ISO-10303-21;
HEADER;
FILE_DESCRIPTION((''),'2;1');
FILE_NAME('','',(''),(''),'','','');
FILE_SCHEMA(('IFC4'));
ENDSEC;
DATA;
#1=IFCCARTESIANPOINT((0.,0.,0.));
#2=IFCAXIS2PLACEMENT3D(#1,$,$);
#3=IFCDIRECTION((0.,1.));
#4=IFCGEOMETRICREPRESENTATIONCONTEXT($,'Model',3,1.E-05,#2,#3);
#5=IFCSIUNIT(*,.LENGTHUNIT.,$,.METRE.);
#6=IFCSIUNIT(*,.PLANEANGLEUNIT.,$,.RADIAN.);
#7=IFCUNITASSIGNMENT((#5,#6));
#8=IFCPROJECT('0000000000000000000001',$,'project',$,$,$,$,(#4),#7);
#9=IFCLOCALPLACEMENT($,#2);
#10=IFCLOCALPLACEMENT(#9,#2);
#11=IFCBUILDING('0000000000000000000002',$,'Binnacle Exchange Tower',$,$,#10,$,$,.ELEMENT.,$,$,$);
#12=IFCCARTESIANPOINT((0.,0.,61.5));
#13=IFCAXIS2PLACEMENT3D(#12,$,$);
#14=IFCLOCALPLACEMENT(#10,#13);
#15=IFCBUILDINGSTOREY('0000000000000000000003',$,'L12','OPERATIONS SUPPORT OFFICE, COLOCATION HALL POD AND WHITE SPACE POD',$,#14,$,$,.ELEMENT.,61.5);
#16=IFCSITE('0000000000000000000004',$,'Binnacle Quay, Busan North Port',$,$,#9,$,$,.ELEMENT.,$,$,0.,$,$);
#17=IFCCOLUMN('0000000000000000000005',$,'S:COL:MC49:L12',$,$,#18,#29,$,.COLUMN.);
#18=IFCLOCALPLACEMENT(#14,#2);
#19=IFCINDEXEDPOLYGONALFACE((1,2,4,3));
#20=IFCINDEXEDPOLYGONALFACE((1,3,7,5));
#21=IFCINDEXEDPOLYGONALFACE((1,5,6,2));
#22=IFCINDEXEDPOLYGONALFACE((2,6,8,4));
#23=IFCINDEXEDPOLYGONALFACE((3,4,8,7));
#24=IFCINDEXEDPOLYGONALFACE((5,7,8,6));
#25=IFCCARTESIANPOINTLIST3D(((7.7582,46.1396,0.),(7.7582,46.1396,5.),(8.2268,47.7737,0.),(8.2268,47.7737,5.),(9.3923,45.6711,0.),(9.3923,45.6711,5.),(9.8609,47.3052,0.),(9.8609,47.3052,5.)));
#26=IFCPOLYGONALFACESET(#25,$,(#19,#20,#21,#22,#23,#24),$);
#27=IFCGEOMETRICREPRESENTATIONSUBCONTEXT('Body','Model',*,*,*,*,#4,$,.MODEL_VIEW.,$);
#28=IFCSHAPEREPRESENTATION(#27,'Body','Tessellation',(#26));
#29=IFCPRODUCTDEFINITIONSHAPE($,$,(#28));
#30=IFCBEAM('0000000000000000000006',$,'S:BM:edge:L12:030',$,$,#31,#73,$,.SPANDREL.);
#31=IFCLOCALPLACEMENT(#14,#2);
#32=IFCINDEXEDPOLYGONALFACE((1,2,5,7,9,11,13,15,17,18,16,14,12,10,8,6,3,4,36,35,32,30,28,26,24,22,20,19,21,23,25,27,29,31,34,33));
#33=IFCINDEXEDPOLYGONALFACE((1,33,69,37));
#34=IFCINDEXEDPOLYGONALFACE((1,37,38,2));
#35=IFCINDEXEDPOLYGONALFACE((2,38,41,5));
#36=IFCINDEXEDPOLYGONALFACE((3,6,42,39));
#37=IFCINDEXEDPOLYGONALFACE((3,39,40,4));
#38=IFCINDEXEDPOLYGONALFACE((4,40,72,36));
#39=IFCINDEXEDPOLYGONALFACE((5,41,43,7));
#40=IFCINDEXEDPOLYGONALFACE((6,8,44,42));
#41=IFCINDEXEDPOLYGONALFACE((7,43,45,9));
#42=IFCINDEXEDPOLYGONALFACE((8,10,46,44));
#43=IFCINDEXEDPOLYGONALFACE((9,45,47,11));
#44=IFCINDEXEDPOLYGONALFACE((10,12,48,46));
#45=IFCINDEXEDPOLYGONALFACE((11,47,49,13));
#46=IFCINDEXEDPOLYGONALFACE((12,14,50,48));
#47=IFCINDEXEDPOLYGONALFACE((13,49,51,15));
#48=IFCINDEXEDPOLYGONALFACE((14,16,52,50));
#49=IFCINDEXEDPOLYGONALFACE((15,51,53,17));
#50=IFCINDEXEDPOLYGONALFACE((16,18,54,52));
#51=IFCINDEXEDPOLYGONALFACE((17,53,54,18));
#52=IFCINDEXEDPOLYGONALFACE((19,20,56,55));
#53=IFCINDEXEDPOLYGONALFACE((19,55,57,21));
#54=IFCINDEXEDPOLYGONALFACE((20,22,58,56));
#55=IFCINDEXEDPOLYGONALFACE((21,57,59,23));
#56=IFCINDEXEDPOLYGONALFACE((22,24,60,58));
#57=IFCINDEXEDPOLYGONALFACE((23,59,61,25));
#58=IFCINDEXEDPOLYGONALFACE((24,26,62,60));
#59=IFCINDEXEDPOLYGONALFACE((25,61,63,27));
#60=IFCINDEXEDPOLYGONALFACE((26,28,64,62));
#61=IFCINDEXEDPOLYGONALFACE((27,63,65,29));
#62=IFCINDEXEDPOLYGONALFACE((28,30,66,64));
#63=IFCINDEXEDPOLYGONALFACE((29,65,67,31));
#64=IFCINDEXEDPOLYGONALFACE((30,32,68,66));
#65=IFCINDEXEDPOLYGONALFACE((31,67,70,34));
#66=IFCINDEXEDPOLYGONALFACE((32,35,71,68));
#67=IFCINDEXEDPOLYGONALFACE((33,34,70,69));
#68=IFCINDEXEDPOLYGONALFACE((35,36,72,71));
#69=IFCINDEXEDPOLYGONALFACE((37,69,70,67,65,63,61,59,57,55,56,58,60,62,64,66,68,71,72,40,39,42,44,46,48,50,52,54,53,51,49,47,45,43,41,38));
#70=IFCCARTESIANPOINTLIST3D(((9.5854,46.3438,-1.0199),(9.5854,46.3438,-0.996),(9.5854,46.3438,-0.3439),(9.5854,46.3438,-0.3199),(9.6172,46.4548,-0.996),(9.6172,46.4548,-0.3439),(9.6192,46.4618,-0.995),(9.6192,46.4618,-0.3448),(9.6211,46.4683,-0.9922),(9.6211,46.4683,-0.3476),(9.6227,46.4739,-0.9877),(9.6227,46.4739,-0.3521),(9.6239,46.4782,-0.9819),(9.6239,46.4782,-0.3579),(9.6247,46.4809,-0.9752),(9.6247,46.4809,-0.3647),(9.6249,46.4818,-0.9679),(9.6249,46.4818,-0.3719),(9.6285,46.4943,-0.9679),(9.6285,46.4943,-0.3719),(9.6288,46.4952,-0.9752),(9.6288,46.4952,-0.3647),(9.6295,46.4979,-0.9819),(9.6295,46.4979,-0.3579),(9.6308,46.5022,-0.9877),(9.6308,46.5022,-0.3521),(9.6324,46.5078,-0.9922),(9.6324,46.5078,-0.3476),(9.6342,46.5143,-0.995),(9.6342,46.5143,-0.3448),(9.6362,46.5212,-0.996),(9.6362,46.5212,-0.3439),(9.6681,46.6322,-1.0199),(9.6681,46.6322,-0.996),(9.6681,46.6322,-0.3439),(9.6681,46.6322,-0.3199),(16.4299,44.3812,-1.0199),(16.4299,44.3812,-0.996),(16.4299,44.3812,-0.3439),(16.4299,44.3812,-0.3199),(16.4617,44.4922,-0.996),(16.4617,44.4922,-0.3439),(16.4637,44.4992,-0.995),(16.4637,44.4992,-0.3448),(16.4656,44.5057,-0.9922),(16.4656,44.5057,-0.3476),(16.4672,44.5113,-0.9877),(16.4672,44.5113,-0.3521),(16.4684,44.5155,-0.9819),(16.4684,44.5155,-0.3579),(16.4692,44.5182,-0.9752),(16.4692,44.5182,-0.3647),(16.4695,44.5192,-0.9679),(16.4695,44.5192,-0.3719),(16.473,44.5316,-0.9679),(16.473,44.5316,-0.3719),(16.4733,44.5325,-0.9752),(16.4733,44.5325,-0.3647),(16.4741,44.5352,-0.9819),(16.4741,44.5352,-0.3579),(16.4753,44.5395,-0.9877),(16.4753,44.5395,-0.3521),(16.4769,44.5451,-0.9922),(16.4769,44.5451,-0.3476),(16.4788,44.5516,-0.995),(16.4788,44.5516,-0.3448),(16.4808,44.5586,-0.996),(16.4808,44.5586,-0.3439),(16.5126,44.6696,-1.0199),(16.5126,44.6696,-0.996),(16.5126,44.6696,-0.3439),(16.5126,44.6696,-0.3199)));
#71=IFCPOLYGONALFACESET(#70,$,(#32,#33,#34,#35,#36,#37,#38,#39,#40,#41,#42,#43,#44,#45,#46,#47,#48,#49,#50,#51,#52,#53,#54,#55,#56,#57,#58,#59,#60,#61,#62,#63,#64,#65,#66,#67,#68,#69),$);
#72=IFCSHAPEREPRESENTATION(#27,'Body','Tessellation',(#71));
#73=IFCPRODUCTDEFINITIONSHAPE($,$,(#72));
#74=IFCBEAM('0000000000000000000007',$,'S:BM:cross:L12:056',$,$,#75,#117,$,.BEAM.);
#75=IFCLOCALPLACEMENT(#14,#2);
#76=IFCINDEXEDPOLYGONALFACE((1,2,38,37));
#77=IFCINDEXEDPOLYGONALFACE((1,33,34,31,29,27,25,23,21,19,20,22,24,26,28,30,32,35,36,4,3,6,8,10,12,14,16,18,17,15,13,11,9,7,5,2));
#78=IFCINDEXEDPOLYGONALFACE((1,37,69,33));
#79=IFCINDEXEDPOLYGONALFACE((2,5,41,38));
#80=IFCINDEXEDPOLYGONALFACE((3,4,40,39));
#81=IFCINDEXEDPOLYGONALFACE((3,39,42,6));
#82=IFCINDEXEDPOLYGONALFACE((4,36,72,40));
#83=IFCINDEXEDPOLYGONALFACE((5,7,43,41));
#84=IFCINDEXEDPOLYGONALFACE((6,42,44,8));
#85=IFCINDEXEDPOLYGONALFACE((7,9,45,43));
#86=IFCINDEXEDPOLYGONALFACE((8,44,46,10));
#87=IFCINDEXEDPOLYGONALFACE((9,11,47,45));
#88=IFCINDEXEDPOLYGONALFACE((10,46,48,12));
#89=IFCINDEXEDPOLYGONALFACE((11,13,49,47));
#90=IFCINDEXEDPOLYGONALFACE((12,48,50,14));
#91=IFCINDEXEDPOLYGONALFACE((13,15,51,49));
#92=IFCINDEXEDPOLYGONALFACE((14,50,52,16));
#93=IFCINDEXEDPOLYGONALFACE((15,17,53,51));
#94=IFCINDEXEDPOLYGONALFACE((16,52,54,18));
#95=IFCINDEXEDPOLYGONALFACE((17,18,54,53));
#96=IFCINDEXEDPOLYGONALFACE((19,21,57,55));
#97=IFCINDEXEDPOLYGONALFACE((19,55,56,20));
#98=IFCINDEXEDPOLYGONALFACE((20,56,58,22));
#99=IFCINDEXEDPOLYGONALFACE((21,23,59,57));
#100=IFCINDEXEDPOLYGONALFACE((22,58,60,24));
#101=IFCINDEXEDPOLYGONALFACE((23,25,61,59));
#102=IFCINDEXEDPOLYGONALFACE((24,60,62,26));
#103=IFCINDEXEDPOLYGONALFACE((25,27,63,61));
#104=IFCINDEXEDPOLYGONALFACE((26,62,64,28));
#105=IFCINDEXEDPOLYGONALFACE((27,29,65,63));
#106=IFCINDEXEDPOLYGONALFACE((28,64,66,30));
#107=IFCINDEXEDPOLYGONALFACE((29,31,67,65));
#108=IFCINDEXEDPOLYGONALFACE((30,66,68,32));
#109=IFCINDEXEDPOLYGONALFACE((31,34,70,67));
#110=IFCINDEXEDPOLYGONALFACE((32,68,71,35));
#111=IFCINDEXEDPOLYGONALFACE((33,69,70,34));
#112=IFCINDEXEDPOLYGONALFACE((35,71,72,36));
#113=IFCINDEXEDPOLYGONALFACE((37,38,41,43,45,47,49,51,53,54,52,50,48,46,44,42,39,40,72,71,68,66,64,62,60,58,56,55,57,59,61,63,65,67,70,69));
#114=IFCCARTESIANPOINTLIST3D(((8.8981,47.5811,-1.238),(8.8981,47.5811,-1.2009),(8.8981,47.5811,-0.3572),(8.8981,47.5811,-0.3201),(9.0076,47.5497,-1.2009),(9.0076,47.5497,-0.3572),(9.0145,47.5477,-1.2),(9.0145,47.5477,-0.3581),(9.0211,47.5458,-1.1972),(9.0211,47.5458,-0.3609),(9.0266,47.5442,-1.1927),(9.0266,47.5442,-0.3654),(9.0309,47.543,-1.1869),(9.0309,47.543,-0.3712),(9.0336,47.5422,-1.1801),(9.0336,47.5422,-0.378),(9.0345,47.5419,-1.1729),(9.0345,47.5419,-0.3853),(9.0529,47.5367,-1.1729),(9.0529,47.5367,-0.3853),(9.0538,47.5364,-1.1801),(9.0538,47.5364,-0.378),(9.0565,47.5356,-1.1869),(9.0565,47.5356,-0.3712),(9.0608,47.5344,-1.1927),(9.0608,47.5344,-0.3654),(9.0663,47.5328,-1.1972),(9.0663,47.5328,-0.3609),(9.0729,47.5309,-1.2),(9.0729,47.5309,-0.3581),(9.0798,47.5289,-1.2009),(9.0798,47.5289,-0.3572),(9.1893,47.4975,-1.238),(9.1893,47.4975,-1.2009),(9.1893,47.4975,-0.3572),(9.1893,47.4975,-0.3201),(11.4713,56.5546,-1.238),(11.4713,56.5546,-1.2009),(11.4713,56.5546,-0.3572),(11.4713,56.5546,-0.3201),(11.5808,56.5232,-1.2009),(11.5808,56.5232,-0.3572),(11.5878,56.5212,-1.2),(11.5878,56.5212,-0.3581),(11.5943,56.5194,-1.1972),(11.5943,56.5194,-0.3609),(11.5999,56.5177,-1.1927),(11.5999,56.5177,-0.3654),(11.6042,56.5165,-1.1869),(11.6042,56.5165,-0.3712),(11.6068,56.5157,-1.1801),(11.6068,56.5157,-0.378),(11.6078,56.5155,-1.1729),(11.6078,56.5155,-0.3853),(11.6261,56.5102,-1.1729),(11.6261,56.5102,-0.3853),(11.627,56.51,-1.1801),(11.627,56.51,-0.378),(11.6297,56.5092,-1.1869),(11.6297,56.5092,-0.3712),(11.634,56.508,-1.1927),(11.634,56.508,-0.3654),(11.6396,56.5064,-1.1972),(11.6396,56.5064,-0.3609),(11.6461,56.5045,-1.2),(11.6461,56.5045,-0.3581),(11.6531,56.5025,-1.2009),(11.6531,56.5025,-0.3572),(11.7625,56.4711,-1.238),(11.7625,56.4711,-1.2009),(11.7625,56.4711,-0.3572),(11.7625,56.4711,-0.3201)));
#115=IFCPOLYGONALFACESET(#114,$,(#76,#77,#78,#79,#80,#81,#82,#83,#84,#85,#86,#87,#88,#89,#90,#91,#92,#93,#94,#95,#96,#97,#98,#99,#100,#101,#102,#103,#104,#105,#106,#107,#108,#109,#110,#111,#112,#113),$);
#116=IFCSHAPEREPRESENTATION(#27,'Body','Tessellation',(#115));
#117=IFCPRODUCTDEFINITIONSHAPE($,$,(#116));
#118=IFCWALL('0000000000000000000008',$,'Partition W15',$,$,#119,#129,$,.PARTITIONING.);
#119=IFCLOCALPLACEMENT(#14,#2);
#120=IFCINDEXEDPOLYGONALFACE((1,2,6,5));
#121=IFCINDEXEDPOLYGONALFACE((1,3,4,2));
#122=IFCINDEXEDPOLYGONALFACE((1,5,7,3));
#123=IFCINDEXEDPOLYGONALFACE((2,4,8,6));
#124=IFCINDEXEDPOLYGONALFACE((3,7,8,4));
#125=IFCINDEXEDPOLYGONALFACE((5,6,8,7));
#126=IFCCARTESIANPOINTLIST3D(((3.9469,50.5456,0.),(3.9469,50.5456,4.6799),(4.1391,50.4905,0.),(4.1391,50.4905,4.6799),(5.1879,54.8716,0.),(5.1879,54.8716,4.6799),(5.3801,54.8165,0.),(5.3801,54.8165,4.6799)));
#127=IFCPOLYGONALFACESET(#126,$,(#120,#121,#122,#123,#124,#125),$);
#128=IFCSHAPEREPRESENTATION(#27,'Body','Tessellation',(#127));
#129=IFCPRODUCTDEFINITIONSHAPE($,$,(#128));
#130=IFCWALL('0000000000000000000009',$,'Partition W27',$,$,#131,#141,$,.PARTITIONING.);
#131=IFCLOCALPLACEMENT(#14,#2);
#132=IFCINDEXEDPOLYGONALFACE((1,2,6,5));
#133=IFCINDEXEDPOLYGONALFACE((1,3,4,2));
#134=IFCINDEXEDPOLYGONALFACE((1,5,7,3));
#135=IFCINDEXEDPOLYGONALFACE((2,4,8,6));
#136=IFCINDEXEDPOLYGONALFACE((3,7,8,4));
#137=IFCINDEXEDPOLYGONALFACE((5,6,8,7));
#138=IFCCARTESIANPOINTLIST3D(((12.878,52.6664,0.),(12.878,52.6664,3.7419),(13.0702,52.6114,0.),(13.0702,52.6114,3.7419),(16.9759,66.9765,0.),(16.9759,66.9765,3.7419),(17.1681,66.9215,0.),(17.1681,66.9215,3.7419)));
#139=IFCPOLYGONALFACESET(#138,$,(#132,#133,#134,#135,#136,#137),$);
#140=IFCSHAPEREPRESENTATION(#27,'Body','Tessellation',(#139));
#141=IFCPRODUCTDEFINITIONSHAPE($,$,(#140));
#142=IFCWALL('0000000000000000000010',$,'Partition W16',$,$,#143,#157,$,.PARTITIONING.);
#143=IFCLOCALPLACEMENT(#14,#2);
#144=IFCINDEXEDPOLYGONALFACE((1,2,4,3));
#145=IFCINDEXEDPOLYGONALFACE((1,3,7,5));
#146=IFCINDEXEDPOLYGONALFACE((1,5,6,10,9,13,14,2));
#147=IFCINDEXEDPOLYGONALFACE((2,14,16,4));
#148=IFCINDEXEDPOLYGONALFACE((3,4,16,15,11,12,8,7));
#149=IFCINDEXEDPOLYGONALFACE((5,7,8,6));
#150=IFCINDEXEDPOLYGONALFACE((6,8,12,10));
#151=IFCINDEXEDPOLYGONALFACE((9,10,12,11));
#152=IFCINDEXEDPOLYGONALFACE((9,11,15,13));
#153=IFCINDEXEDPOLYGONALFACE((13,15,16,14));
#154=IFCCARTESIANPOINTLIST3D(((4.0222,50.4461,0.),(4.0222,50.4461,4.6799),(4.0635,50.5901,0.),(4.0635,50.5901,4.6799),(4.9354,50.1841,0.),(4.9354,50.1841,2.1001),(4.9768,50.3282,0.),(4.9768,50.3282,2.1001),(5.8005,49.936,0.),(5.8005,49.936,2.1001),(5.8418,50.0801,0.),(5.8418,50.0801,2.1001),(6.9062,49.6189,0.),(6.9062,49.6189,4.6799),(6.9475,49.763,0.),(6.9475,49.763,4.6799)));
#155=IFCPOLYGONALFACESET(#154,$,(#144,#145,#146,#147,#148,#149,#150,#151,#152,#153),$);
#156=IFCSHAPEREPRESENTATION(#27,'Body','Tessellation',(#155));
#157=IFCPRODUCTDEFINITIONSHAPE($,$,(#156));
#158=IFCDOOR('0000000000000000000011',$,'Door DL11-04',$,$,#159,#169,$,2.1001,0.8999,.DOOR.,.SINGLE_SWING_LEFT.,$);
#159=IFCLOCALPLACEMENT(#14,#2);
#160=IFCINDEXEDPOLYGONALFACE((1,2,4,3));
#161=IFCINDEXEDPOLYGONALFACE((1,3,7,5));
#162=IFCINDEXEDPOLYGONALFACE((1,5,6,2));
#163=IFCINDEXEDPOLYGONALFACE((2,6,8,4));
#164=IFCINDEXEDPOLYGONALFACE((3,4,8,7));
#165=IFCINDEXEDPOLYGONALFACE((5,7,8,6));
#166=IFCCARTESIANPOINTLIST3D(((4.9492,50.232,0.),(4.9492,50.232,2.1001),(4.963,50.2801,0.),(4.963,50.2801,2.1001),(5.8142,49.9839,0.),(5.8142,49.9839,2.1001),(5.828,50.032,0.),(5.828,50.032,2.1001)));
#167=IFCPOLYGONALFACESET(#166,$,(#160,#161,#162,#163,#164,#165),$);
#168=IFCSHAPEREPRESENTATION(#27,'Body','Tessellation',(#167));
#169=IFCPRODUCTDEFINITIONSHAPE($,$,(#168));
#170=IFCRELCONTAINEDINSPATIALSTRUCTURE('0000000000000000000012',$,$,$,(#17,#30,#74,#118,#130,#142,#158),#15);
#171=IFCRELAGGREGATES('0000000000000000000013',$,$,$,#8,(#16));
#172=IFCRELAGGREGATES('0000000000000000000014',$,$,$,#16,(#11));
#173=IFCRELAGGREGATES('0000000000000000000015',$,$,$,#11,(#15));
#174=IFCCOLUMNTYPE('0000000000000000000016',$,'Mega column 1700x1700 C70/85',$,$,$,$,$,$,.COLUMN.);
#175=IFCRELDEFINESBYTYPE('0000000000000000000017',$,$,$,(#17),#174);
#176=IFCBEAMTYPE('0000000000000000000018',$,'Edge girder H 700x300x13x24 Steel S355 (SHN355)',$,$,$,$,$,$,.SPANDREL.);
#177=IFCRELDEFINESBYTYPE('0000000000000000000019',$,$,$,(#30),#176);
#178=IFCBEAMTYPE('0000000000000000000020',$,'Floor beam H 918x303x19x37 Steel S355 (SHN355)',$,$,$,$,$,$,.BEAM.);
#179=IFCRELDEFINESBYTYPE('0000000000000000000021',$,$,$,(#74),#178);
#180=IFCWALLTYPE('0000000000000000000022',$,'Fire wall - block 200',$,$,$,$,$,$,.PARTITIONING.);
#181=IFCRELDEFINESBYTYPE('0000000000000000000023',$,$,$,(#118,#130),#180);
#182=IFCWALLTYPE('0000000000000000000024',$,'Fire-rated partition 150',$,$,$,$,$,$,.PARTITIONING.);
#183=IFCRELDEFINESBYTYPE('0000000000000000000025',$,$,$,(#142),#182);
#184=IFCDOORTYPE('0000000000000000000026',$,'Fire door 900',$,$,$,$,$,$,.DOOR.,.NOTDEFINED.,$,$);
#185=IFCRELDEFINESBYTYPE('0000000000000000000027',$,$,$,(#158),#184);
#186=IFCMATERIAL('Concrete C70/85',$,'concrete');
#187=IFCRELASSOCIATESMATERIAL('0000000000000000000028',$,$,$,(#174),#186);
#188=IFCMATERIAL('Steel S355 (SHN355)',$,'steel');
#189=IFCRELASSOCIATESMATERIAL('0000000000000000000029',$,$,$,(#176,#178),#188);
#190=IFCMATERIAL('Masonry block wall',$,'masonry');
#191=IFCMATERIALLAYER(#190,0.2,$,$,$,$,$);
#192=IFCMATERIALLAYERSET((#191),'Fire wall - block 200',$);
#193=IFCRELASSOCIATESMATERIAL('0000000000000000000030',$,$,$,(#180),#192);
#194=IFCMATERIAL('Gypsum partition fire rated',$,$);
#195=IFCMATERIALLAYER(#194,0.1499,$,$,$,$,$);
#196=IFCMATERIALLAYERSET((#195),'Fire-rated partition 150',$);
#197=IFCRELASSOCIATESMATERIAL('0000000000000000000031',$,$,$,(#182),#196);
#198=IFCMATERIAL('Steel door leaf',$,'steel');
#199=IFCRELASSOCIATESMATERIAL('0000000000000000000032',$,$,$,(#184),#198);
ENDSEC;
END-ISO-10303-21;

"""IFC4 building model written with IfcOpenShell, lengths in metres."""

from ifc_helpers import new_model, si_unit, direction, frame, frame_2d, origin, origin_2d, place, context, subcontext, project, spatial, rectangle, i_section, extrude, material, layer, layer_set, material_profile, profile_set, type_object, element, fill, save


model = new_model("IFC4")

# Units and contexts
model_context = context("Model", 3, precision=1e-05, world=origin(), true_north=direction((0.0, 1.0)))
body_context = subcontext(model_context, "Body", "Model", "MODEL_VIEW")
ifc_project = project(units=[si_unit("LENGTHUNIT", "METRE"), si_unit("PLANEANGLEUNIT", "RADIAN")], contexts=[model_context])

# Site, building, storey
site_placement = place(None, origin())
site = spatial("IfcSite", under=ifc_project, at=site_placement, Name="Binnacle Quay, Busan North Port", CompositionType="ELEMENT", RefElevation=0.0)
building_placement = place(site_placement, origin())
building = spatial("IfcBuilding", under=site, at=building_placement, Name="Binnacle Exchange Tower", CompositionType="ELEMENT")
storey_placement = place(building_placement, frame((0.0, 0.0, 61.5)))
storey = spatial("IfcBuildingStorey", under=building, at=storey_placement, Name="L12", Description="OPERATIONS SUPPORT OFFICE, COLOCATION HALL POD AND WHITE SPACE POD", CompositionType="ELEMENT", Elevation=61.5)

# Column
ifc_material_1 = material(Name="Concrete C70/85", Category="concrete")
ifc_material_profile_1 = material_profile(ifc_material_1, rectangle(XDim=1.7, YDim=1.7, at=origin_2d()), Name="Mega column 1700x1700 C70/85")
ifc_profile_set_1 = profile_set([ifc_material_profile_1], Name="Concrete C70/85")
column_type = type_object("IfcColumnType", Name="Mega column 1700x1700 C70/85", PredefinedType="COLUMN", material=ifc_profile_set_1)
column_placement = place(storey_placement, frame((8.8096, 46.7224, 0.0), z_axis=(0.0, 0.0, 1.0), x_axis=(0.961262, -0.275637, 0.0)))
element("IfcColumn", 1, at=column_placement, inside=storey, type_object=column_type, Name="S:COL:MC49:L12", PredefinedType="COLUMN", context=body_context, shape_type="SweptSolid", body=[
    extrude(rectangle(XDim=1.7, YDim=1.7, at=origin_2d()), origin(), (0.0, 0.0, 1.0), 5.0),
])

# Beams
ifc_material_2 = material(Name="Steel S355 (SHN355)", Category="steel")
ifc_material_profile_2 = material_profile(ifc_material_2, i_section(OverallWidth=0.3, OverallDepth=0.7, WebThickness=0.0129, FlangeThickness=0.0239, FilletRadius=0.0281, at=origin_2d()), Name="H 700x300x13x24")
ifc_profile_set_2 = profile_set([ifc_material_profile_2], Name="Steel S355 (SHN355)")
beam_type_1 = type_object("IfcBeamType", Name="Edge girder H 700x300x13x24 Steel S355 (SHN355)", PredefinedType="SPANDREL", material=ifc_profile_set_2)
beam_1_placement = place(storey_placement, frame((9.6267, 46.488, -0.6699), z_axis=(0.961261, -0.27564, 0.0), x_axis=(0.27564, 0.961261, 0.0)))
element("IfcBeam", 2, at=beam_1_placement, inside=storey, type_object=beam_type_1, Name="S:BM:edge:L12:030", PredefinedType="SPANDREL", context=body_context, shape_type="SweptSolid", body=[
    extrude(i_section(OverallWidth=0.3, OverallDepth=0.7, WebThickness=0.0129, FlangeThickness=0.0239, FilletRadius=0.0281, at=origin_2d()), origin(), (0.0, 0.0, 1.0), 7.1204),
])
ifc_material_profile_3 = material_profile(ifc_material_2, i_section(OverallWidth=0.303, OverallDepth=0.918, WebThickness=0.019, FlangeThickness=0.0371, FilletRadius=0.0281, at=origin_2d()), Name="H 918x303x19x37")
ifc_profile_set_3 = profile_set([ifc_material_profile_3], Name="Steel S355 (SHN355)")
beam_type_2 = type_object("IfcBeamType", Name="Floor beam H 918x303x19x37 Steel S355 (SHN355)", PredefinedType="BEAM", material=ifc_profile_set_3)
beam_2_placement = place(storey_placement, frame((9.0437, 47.5393, -0.7791), z_axis=(0.275647, 0.961259, 0.0), x_axis=(-0.961259, 0.275647, 0.0)))
element("IfcBeam", 3, at=beam_2_placement, inside=storey, type_object=beam_type_2, Name="S:BM:cross:L12:056", PredefinedType="BEAM", context=body_context, shape_type="SweptSolid", body=[
    extrude(i_section(OverallWidth=0.303, OverallDepth=0.918, WebThickness=0.019, FlangeThickness=0.0371, FilletRadius=0.0281, at=origin_2d()), origin(), (0.0, 0.0, 1.0), 9.3352),
])

# Walls
ifc_material_3 = material(Name="Masonry block wall", Category="masonry")
ifc_layer_1 = layer(ifc_material_3, 0.2)
ifc_layer_set_1 = layer_set([ifc_layer_1], Name="Fire wall - block 200")
wall_type_1 = type_object("IfcWallType", Name="Fire wall - block 200", PredefinedType="PARTITIONING", material=ifc_layer_set_1)
wall_1_placement = place(storey_placement, frame((4.043, 50.5181, 0.0), z_axis=(0.0, 0.0, 1.0), x_axis=(0.275746, 0.961231, 0.0)))
element("IfcWall", 4, at=wall_1_placement, inside=storey, type_object=wall_type_1, Name="Partition W15", PredefinedType="PARTITIONING", context=body_context, shape_type="SweptSolid", body=[
    extrude(rectangle(XDim=4.5005, YDim=0.2, at=frame_2d((2.2502, 0.0))), origin(), (0.0, 0.0, 1.0), 4.6799),
])
wall_2_placement = place(storey_placement, frame((12.9741, 52.6389, 0.0), z_axis=(0.0, 0.0, 1.0), x_axis=(0.275299, 0.961359, 0.0)))
element("IfcWall", 5, at=wall_2_placement, inside=storey, type_object=wall_type_1, Name="Partition W27", PredefinedType="PARTITIONING", context=body_context, shape_type="SweptSolid", body=[
    extrude(rectangle(XDim=14.8853, YDim=0.2, at=frame_2d((7.4426, 0.0))), origin(), (0.0, 0.0, 1.0), 3.7419),
])

# Wall, opening, door
ifc_material_4 = material(Name="Gypsum partition fire rated")
ifc_layer_2 = layer(ifc_material_4, 0.1499)
ifc_layer_set_2 = layer_set([ifc_layer_2], Name="Fire-rated partition 150")
wall_type_2 = type_object("IfcWallType", Name="Fire-rated partition 150", PredefinedType="PARTITIONING", material=ifc_layer_set_2)
wall_3_placement = place(storey_placement, frame((4.043, 50.5181, 0.0), z_axis=(0.0, 0.0, 1.0), x_axis=(0.961247, -0.275688, 0.0)))
wall_3 = element("IfcWall", 6, at=wall_3_placement, inside=storey, type_object=wall_type_2, Name="Partition W16", PredefinedType="PARTITIONING", context=body_context, shape_type="SweptSolid", body=[
    extrude(rectangle(XDim=3.0002, YDim=0.1499, at=frame_2d((1.5, 0.0))), origin(), (0.0, 0.0, 1.0), 4.6799),
])
opening_1_placement = place(wall_3_placement, frame((0.95, 0.0, 0.0)))
opening_1 = element("IfcOpeningElement", 7, at=opening_1_placement, cuts=wall_3, PredefinedType="OPENING", context=body_context, shape_type="SweptSolid", body=[
    extrude(rectangle(XDim=0.8999, YDim=2.1001, at=frame_2d((0.45, 1.05))), frame((0.0, 0.085, 0.0), z_axis=(0.0, -1.0, 0.0), x_axis=(1.0, 0.0, 0.0)), (0.0, 0.0, 1.0), 0.1699),
])
ifc_material_5 = material(Name="Steel door leaf", Category="steel")
door_type_1 = type_object("IfcDoorType", Name="Fire door 900", OperationType="NOTDEFINED", PredefinedType="DOOR", material=ifc_material_5)
door_1_placement = place(opening_1_placement, origin())
door_1 = element("IfcDoor", 8, at=door_1_placement, inside=storey, type_object=door_type_1, Name="Door DL11-04", OperationType="SINGLE_SWING_LEFT", OverallHeight=2.1001, OverallWidth=0.8999, PredefinedType="DOOR", context=body_context, shape_type="SweptSolid", body=[
    extrude(rectangle(XDim=0.8999, YDim=2.1001, at=frame_2d((0.45, 1.05))), frame((0.0, 0.0249, 0.0), z_axis=(0.0, -1.0, 0.0), x_axis=(1.0, 0.0, 0.0)), (0.0, 0.0, 1.0), 0.05),
])
fill(opening_1, door_1)

save(model, "model.ifc")
